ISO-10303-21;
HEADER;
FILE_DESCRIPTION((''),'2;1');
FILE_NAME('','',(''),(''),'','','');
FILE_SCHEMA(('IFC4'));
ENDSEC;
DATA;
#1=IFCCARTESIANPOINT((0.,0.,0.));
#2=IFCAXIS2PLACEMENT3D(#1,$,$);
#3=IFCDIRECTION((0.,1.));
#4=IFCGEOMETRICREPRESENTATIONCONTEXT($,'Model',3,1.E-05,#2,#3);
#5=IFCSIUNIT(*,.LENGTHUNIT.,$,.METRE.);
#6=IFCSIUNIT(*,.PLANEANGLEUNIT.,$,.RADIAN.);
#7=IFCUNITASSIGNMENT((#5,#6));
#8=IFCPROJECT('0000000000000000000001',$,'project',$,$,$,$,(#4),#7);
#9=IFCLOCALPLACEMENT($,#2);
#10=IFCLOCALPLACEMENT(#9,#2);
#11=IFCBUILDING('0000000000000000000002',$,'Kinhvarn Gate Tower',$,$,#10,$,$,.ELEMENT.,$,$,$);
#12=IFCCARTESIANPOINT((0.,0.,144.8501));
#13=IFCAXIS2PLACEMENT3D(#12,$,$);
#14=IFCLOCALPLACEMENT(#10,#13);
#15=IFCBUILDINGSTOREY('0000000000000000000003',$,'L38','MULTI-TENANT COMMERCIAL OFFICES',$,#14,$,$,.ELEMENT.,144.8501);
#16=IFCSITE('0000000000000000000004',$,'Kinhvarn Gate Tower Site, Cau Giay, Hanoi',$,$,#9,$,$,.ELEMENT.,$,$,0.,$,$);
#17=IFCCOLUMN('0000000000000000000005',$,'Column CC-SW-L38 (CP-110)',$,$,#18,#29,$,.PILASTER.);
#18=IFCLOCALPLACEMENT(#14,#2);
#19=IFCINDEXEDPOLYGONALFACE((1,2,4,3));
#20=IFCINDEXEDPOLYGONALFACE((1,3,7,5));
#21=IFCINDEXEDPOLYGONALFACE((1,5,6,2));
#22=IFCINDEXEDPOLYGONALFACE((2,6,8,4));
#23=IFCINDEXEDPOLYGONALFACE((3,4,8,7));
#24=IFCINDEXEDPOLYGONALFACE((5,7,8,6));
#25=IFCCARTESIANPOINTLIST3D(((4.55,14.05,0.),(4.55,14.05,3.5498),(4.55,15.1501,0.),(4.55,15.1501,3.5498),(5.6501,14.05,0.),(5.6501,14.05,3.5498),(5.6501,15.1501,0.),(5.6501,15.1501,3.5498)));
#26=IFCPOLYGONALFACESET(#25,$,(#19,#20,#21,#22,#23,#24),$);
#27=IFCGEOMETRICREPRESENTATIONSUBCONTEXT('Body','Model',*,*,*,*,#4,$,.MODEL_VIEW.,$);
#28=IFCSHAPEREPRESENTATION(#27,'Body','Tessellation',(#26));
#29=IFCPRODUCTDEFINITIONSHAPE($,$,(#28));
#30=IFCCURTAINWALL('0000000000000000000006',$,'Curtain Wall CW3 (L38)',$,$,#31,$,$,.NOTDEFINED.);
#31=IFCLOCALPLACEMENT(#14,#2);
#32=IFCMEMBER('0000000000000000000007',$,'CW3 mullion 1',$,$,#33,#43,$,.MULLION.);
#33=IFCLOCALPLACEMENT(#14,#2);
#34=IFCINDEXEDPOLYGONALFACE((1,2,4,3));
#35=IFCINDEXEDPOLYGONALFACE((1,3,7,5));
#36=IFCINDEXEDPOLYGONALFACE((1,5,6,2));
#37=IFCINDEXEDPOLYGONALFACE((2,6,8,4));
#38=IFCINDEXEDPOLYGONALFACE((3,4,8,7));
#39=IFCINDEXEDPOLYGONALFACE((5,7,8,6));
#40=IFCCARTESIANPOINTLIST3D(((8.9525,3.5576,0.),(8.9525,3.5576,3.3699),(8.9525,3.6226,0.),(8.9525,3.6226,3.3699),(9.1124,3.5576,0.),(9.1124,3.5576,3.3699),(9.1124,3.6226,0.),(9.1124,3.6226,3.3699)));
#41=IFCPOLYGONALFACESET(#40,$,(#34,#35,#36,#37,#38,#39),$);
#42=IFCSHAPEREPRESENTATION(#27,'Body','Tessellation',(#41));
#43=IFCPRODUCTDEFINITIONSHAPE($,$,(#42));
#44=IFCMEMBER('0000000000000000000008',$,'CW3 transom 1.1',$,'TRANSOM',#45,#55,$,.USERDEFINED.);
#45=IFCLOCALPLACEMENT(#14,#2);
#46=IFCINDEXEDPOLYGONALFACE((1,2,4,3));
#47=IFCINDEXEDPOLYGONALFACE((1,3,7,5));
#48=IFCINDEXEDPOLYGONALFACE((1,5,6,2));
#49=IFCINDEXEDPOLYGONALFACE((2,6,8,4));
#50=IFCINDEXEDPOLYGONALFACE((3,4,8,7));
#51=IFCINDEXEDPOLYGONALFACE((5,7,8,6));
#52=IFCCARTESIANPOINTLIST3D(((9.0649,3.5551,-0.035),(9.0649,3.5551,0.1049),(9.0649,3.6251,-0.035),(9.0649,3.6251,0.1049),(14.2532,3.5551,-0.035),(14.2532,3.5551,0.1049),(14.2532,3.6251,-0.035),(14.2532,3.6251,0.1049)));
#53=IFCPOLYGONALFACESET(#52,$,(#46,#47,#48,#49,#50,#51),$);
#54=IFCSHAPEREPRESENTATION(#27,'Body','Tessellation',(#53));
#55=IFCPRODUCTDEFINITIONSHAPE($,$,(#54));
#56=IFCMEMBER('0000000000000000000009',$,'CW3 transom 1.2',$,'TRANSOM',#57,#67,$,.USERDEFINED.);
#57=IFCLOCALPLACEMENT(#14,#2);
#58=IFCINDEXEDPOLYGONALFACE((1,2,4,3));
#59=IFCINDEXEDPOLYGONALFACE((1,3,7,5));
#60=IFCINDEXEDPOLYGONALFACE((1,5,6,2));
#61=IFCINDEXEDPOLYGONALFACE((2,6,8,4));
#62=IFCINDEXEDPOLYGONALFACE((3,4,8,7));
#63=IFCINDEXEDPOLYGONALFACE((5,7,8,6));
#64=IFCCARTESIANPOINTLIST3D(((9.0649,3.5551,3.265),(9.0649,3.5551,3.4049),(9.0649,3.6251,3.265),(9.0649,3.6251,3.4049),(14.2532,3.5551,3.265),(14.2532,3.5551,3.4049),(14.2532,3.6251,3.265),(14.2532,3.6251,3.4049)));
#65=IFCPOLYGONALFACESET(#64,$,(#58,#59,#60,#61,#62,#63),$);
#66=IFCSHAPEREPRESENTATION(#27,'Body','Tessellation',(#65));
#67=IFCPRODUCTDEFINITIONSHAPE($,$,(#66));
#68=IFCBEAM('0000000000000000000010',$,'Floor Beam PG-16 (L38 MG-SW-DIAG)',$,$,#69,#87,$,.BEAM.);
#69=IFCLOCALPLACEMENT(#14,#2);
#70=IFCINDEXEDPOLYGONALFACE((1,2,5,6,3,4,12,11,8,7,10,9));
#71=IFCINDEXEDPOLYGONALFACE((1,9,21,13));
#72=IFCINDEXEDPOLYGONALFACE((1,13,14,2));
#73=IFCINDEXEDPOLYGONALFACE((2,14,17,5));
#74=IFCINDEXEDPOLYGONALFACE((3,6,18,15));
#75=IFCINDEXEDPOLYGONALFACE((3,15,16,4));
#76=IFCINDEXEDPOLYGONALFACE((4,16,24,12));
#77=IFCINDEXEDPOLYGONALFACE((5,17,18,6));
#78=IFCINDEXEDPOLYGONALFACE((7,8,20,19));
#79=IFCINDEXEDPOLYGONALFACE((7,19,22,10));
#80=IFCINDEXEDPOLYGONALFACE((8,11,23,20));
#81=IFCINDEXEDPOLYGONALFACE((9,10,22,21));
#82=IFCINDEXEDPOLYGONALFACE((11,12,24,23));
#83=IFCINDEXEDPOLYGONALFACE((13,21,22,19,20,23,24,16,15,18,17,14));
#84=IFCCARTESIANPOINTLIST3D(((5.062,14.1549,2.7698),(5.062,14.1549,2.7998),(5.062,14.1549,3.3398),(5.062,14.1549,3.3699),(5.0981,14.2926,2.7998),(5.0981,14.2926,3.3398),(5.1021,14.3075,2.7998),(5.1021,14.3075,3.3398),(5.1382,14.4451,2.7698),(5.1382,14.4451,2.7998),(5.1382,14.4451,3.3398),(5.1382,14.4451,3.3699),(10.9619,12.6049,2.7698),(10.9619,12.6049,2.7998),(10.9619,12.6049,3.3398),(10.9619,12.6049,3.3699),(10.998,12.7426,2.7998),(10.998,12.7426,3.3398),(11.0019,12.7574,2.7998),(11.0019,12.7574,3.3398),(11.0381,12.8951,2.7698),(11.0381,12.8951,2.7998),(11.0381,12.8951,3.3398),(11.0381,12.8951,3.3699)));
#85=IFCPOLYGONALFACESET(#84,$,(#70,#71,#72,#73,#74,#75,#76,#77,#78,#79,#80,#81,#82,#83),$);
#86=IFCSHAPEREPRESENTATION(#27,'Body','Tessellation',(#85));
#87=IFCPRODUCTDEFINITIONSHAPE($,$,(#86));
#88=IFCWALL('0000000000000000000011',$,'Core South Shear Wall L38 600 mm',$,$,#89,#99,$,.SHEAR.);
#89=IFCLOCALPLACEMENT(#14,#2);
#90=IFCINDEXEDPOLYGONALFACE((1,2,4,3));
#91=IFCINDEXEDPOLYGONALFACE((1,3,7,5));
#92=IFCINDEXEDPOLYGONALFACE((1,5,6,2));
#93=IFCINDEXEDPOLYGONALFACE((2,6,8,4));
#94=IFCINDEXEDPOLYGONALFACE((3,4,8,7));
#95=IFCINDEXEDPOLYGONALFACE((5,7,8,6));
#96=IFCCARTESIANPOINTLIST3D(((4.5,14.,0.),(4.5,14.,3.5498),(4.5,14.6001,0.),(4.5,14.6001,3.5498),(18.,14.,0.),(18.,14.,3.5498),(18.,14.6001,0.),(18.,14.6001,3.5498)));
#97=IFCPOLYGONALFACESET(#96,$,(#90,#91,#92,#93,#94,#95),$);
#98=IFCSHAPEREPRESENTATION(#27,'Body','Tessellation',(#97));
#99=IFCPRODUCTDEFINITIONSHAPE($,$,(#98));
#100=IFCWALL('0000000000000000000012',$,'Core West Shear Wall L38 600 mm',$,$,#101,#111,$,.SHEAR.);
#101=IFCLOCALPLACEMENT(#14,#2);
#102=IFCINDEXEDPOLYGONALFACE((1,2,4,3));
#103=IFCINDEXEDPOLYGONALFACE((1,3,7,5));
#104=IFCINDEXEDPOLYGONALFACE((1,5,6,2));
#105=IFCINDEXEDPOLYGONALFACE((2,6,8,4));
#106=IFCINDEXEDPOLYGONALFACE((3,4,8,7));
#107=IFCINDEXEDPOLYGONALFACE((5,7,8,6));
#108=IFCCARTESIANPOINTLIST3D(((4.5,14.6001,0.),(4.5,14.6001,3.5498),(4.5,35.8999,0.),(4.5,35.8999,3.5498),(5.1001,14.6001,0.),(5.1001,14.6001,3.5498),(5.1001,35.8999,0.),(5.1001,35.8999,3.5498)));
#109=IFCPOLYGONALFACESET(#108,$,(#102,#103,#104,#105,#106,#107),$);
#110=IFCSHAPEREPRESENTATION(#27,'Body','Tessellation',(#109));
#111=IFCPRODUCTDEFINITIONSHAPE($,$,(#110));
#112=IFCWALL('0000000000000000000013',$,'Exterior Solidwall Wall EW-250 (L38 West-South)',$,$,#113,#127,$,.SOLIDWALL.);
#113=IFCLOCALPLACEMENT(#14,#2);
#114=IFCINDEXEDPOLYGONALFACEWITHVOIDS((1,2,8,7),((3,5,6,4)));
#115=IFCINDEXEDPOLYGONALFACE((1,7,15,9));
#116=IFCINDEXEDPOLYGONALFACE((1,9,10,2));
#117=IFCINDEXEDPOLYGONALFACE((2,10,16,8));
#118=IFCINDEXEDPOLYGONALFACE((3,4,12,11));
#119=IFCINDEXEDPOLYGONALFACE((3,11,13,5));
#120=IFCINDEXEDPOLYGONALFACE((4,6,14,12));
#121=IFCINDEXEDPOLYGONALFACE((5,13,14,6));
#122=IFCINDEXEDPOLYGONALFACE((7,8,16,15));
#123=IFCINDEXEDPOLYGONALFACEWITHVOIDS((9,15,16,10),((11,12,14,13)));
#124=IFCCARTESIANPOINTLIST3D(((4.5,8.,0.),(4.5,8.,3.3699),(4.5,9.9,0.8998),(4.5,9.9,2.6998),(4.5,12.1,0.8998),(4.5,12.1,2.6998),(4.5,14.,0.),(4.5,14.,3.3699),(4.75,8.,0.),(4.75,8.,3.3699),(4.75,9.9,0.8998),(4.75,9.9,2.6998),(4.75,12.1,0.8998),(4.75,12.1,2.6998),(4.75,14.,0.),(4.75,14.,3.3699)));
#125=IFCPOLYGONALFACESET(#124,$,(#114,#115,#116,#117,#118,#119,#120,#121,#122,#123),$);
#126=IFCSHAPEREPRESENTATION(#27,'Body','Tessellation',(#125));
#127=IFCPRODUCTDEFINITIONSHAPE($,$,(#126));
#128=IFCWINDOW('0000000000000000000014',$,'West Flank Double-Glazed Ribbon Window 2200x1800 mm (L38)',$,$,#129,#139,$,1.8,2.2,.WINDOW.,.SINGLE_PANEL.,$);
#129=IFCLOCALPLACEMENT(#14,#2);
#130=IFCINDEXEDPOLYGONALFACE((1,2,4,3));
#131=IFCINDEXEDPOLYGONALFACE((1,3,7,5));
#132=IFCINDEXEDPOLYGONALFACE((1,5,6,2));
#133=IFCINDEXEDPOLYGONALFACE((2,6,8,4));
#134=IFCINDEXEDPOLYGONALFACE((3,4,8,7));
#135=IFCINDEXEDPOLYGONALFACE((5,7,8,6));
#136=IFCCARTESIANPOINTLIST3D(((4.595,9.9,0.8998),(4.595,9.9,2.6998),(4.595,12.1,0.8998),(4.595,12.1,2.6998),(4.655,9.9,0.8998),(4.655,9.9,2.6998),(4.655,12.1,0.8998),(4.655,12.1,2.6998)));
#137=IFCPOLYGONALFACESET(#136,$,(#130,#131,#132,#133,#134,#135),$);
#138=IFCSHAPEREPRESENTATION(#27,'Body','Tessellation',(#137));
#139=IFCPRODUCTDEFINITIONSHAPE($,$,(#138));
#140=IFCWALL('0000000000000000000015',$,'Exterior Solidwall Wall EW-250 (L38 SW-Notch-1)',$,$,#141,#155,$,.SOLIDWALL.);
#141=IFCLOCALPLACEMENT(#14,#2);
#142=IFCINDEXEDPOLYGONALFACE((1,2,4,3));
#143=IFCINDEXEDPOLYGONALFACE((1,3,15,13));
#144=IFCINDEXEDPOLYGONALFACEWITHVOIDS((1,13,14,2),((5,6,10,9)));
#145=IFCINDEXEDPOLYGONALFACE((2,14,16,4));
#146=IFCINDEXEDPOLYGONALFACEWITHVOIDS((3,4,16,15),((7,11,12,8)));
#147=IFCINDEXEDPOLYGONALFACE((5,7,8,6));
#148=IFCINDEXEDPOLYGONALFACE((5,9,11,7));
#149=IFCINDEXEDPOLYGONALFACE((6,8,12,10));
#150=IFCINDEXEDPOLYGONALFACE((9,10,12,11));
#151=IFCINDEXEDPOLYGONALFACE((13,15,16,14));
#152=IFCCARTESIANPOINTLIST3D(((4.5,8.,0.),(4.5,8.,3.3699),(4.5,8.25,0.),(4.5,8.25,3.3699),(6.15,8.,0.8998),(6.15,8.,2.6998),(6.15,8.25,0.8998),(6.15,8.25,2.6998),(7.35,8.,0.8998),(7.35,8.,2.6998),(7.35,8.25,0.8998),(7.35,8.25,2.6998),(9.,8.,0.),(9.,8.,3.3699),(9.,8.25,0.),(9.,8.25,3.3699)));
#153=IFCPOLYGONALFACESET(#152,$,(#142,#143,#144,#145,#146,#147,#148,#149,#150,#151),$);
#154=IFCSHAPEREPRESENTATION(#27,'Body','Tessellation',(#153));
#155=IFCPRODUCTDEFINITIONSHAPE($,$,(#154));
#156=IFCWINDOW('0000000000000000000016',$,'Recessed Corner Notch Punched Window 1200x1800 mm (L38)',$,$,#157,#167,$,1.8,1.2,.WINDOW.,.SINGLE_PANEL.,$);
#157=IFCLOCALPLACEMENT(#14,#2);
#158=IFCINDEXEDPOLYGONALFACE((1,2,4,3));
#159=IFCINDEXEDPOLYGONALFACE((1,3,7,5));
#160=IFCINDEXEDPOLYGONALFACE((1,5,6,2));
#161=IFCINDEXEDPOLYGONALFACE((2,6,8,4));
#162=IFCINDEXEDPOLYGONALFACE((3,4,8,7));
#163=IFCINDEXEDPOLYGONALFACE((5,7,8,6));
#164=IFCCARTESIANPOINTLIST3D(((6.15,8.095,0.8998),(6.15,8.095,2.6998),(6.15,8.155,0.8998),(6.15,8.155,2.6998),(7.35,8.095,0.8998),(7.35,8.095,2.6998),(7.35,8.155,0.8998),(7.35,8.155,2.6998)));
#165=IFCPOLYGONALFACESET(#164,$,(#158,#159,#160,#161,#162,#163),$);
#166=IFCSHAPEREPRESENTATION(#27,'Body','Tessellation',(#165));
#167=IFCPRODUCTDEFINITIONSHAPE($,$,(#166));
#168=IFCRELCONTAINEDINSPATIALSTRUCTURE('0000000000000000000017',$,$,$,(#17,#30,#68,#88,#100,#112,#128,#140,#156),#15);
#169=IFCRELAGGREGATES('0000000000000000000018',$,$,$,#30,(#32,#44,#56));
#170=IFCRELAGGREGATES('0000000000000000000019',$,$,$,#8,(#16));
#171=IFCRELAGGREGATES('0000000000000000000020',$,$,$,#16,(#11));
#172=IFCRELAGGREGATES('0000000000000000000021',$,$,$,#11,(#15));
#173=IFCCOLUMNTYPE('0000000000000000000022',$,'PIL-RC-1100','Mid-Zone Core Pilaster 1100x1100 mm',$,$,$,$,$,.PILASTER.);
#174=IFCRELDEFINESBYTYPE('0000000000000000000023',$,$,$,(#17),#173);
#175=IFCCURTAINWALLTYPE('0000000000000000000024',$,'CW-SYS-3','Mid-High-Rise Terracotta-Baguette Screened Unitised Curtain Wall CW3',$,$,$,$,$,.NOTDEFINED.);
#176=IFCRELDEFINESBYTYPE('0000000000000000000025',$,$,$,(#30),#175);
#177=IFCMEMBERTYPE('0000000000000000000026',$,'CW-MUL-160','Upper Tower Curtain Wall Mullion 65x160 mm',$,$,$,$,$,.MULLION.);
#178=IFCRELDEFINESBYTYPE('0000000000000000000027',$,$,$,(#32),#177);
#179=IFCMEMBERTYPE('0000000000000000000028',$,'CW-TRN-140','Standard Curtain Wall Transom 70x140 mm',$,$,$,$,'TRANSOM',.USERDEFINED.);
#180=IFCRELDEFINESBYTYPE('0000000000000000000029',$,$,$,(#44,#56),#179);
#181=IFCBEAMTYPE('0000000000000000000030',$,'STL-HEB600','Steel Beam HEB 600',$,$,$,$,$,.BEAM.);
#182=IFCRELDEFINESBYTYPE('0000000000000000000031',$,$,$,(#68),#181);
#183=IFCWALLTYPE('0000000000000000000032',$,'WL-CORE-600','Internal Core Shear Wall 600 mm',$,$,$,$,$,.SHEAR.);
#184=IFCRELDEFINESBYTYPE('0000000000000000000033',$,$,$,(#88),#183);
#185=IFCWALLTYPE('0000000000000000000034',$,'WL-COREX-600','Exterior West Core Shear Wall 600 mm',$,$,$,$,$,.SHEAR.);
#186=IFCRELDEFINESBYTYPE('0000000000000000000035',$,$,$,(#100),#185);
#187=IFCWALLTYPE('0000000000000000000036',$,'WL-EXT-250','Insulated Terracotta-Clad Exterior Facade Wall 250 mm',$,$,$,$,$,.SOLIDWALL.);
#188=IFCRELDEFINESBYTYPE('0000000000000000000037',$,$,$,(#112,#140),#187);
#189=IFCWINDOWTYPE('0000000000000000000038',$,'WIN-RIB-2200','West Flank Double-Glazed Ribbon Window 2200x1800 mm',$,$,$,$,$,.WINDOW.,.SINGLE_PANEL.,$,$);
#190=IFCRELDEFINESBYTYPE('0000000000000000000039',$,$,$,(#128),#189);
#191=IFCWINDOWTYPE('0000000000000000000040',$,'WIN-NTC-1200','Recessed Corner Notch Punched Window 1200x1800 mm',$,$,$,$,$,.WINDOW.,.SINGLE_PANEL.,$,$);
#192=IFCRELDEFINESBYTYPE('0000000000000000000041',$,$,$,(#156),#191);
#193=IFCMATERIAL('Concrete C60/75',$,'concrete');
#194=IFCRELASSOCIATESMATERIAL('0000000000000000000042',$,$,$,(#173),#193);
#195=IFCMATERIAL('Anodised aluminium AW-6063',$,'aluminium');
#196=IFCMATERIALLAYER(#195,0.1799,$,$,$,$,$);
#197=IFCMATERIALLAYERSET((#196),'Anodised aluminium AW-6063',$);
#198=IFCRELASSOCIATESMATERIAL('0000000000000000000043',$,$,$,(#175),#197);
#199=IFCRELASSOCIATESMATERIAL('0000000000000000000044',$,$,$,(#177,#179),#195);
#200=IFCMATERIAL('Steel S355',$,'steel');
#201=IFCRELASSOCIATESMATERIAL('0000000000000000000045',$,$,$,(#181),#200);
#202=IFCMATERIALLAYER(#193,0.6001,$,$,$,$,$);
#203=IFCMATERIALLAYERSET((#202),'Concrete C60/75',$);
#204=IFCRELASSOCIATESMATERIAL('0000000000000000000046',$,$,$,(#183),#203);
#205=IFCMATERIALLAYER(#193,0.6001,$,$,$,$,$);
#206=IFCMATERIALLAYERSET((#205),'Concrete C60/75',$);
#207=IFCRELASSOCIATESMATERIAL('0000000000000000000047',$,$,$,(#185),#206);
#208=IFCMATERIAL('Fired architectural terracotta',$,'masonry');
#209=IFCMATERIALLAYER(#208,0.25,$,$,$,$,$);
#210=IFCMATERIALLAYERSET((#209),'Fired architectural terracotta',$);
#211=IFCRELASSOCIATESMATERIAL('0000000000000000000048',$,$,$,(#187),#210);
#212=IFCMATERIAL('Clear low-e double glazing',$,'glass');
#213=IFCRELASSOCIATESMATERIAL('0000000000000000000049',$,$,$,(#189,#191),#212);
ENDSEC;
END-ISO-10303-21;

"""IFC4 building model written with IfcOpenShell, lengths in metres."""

from ifc_helpers import new_model, si_unit, direction, frame, frame_2d, origin, origin_2d, place, context, subcontext, project, spatial, rectangle, i_section, extrude, material, layer, layer_set, material_profile, profile_set, type_object, element, fill, aggregate, save


model = new_model("IFC4")

# Units and contexts
model_context = context("Model", 3, precision=1e-05, world=origin(), true_north=direction((0.0, 1.0)))
body_context = subcontext(model_context, "Body", "Model", "MODEL_VIEW")
ifc_project = project(units=[si_unit("LENGTHUNIT", "METRE"), si_unit("PLANEANGLEUNIT", "RADIAN")], contexts=[model_context])

# Site, building, storey
site_placement = place(None, origin())
site = spatial("IfcSite", under=ifc_project, at=site_placement, Name="Kinhvarn Gate Tower Site, Cau Giay, Hanoi", CompositionType="ELEMENT", RefElevation=0.0)
building_placement = place(site_placement, origin())
building = spatial("IfcBuilding", under=site, at=building_placement, Name="Kinhvarn Gate Tower", CompositionType="ELEMENT")
storey_placement = place(building_placement, frame((0.0, 0.0, 144.8501)))
storey = spatial("IfcBuildingStorey", under=building, at=storey_placement, Name="L38", Description="MULTI-TENANT COMMERCIAL OFFICES", CompositionType="ELEMENT", Elevation=144.8501)

# Column
ifc_material_1 = material(Name="Concrete C60/75", Category="concrete")
ifc_material_profile_1 = material_profile(ifc_material_1, rectangle(XDim=1.1001, YDim=1.1001, at=origin_2d()), Name="RC 1100x1100")
ifc_profile_set_1 = profile_set([ifc_material_profile_1], Name="Concrete C60/75")
column_type = type_object("IfcColumnType", Name="PIL-RC-1100", Description="Mid-Zone Core Pilaster 1100x1100 mm", PredefinedType="PILASTER", material=ifc_profile_set_1)
column_placement = place(storey_placement, frame((5.1001, 14.6001, 0.0), z_axis=(0.0, 0.0, 1.0), x_axis=(1.0, 0.0, 0.0)))
element("IfcColumn", 1, at=column_placement, inside=storey, type_object=column_type, Name="Column CC-SW-L38 (CP-110)", PredefinedType="PILASTER", context=body_context, shape_type="SweptSolid", body=[
    extrude(rectangle(XDim=1.1001, YDim=1.1001, at=origin_2d()), origin(), (0.0, 0.0, 1.0), 3.5498),
])

# Curtain wall, members
ifc_material_2 = material(Name="Anodised aluminium AW-6063", Category="aluminium")
ifc_layer_1 = layer(ifc_material_2, 0.1799)
ifc_layer_set_1 = layer_set([ifc_layer_1], Name="Anodised aluminium AW-6063")
curtain_wall_type = type_object("IfcCurtainWallType", Name="CW-SYS-3", Description="Mid-High-Rise Terracotta-Baguette Screened Unitised Curtain Wall CW3", PredefinedType="NOTDEFINED", material=ifc_layer_set_1)
curtain_wall_placement = place(storey_placement, origin())
curtain_wall = element("IfcCurtainWall", 2, at=curtain_wall_placement, inside=storey, type_object=curtain_wall_type, Name="Curtain Wall CW3 (L38)", PredefinedType="NOTDEFINED")
ifc_material_profile_2 = material_profile(ifc_material_2, rectangle(XDim=0.0649, YDim=0.1599, at=origin_2d()), Name="ALU 65x160")
ifc_profile_set_2 = profile_set([ifc_material_profile_2], Name="Anodised aluminium AW-6063")
member_type_1 = type_object("IfcMemberType", Name="CW-MUL-160", Description="Upper Tower Curtain Wall Mullion 65x160 mm", PredefinedType="MULLION", material=ifc_profile_set_2)
member_1_placement = place(storey_placement, frame((9.0325, 3.5901, 0.0), z_axis=(0.0, 0.0, 1.0), x_axis=(0.0, 1.0, 0.0)))
member_1 = element("IfcMember", 3, at=member_1_placement, type_object=member_type_1, Name="CW3 mullion 1", PredefinedType="MULLION", context=body_context, shape_type="SweptSolid", body=[
    extrude(rectangle(XDim=0.0649, YDim=0.1599, at=origin_2d()), origin(), (0.0, 0.0, 1.0), 3.3699),
])
ifc_material_profile_3 = material_profile(ifc_material_2, rectangle(XDim=0.0701, YDim=0.1399, at=origin_2d()), Name="ALU 70x140")
ifc_profile_set_3 = profile_set([ifc_material_profile_3], Name="Anodised aluminium AW-6063")
member_type_2 = type_object("IfcMemberType", Name="CW-TRN-140", Description="Standard Curtain Wall Transom 70x140 mm", ElementType="TRANSOM", PredefinedType="USERDEFINED", material=ifc_profile_set_3)
member_2_placement = place(storey_placement, frame((9.0649, 3.5901, 0.0349), z_axis=(1.0, 0.0, 0.0), x_axis=(0.0, 1.0, 0.0)))
member_2 = element("IfcMember", 4, at=member_2_placement, type_object=member_type_2, Name="CW3 transom 1.1", ObjectType="TRANSOM", PredefinedType="USERDEFINED", context=body_context, shape_type="SweptSolid", body=[
    extrude(rectangle(XDim=0.0701, YDim=0.1399, at=origin_2d()), origin(), (0.0, 0.0, 1.0), 5.1882),
])
member_3_placement = place(storey_placement, frame((9.0649, 3.5901, 3.335), z_axis=(1.0, 0.0, 0.0), x_axis=(0.0, 1.0, 0.0)))
member_3 = element("IfcMember", 5, at=member_3_placement, type_object=member_type_2, Name="CW3 transom 1.2", ObjectType="TRANSOM", PredefinedType="USERDEFINED", context=body_context, shape_type="SweptSolid", body=[
    extrude(rectangle(XDim=0.0701, YDim=0.1399, at=origin_2d()), origin(), (0.0, 0.0, 1.0), 5.1882),
])
aggregate(curtain_wall, [member_1, member_2, member_3])

# Beam
ifc_material_3 = material(Name="Steel S355", Category="steel")
ifc_material_profile_4 = material_profile(ifc_material_3, i_section(OverallWidth=0.3, OverallDepth=0.6001, WebThickness=0.0154, FlangeThickness=0.03, at=origin_2d()), Name="HEB 600")
ifc_profile_set_4 = profile_set([ifc_material_profile_4], Name="Steel S355")
beam_type = type_object("IfcBeamType", Name="STL-HEB600", Description="Steel Beam HEB 600", PredefinedType="BEAM", material=ifc_profile_set_4)
beam_placement = place(storey_placement, frame((5.1001, 14.3, 3.0698), z_axis=(0.967178, -0.254101, 0.0), x_axis=(0.254101, 0.967178, 0.0)))
element("IfcBeam", 6, at=beam_placement, inside=storey, type_object=beam_type, Name="Floor Beam PG-16 (L38 MG-SW-DIAG)", PredefinedType="BEAM", context=body_context, shape_type="SweptSolid", body=[
    extrude(i_section(OverallWidth=0.3, OverallDepth=0.6001, WebThickness=0.0154, FlangeThickness=0.03, at=origin_2d()), origin(), (0.0, 0.0, 1.0), 6.1001),
])

# Walls
ifc_layer_2 = layer(ifc_material_1, 0.6001)
ifc_layer_set_2 = layer_set([ifc_layer_2], Name="Concrete C60/75")
wall_type_1 = type_object("IfcWallType", Name="WL-CORE-600", Description="Internal Core Shear Wall 600 mm", PredefinedType="SHEAR", material=ifc_layer_set_2)
wall_1_placement = place(storey_placement, frame((4.5, 14.3, 0.0), z_axis=(0.0, 0.0, 1.0), x_axis=(1.0, 0.0, 0.0)))
element("IfcWall", 7, at=wall_1_placement, inside=storey, type_object=wall_type_1, Name="Core South Shear Wall L38 600 mm", PredefinedType="SHEAR", context=body_context, shape_type="SweptSolid", body=[
    extrude(rectangle(XDim=13.5, YDim=0.6001, at=frame_2d((6.75, 0.0))), origin(), (0.0, 0.0, 1.0), 3.5498),
])
ifc_layer_3 = layer(ifc_material_1, 0.6001)
ifc_layer_set_3 = layer_set([ifc_layer_3], Name="Concrete C60/75")
wall_type_2 = type_object("IfcWallType", Name="WL-COREX-600", Description="Exterior West Core Shear Wall 600 mm", PredefinedType="SHEAR", material=ifc_layer_set_3)
wall_2_placement = place(storey_placement, frame((4.8, 14.6001, 0.0), z_axis=(0.0, 0.0, 1.0), x_axis=(0.0, 1.0, 0.0)))
element("IfcWall", 8, at=wall_2_placement, inside=storey, type_object=wall_type_2, Name="Core West Shear Wall L38 600 mm", PredefinedType="SHEAR", context=body_context, shape_type="SweptSolid", body=[
    extrude(rectangle(XDim=21.2998, YDim=0.6001, at=frame_2d((10.6499, 0.0))), origin(), (0.0, 0.0, 1.0), 3.5498),
])

# Walls, openings, windows
ifc_material_4 = material(Name="Fired architectural terracotta", Category="masonry")
ifc_layer_4 = layer(ifc_material_4, 0.25)
ifc_layer_set_4 = layer_set([ifc_layer_4], Name="Fired architectural terracotta")
wall_type_3 = type_object("IfcWallType", Name="WL-EXT-250", Description="Insulated Terracotta-Clad Exterior Facade Wall 250 mm", PredefinedType="SOLIDWALL", material=ifc_layer_set_4)
wall_3_placement = place(storey_placement, frame((4.625, 14.0, 0.0), z_axis=(0.0, 0.0, 1.0), x_axis=(0.0, -1.0, 0.0)))
wall_3 = element("IfcWall", 9, at=wall_3_placement, inside=storey, type_object=wall_type_3, Name="Exterior Solidwall Wall EW-250 (L38 West-South)", PredefinedType="SOLIDWALL", context=body_context, shape_type="SweptSolid", body=[
    extrude(rectangle(XDim=6.0, YDim=0.25, at=frame_2d((3.0, 0.0))), origin(), (0.0, 0.0, 1.0), 3.3699),
])
opening_1_placement = place(wall_3_placement, frame((1.8999, 0.0, 0.8999)))
opening_1 = element("IfcOpeningElement", 10, at=opening_1_placement, cuts=wall_3, PredefinedType="OPENING", context=body_context, shape_type="SweptSolid", body=[
    extrude(rectangle(XDim=2.2, YDim=1.8, at=frame_2d((1.1001, 0.8999))), frame((0.0, 0.135, 0.0), z_axis=(0.0, -1.0, 0.0), x_axis=(1.0, 0.0, 0.0)), (0.0, 0.0, 1.0), 0.27),
])
ifc_material_5 = material(Name="Clear low-e double glazing", Category="glass")
window_type_1 = type_object("IfcWindowType", Name="WIN-RIB-2200", Description="West Flank Double-Glazed Ribbon Window 2200x1800 mm", PartitioningType="SINGLE_PANEL", PredefinedType="WINDOW", material=ifc_material_5)
window_1_placement = place(opening_1_placement, origin())
window_1 = element("IfcWindow", 11, at=window_1_placement, inside=storey, type_object=window_type_1, Name="West Flank Double-Glazed Ribbon Window 2200x1800 mm (L38)", OverallHeight=1.8, OverallWidth=2.2, PartitioningType="SINGLE_PANEL", PredefinedType="WINDOW", context=body_context, shape_type="SweptSolid", body=[
    extrude(rectangle(XDim=2.2, YDim=1.8, at=frame_2d((1.1001, 0.8999))), frame((0.0, 0.03, 0.0), z_axis=(0.0, -1.0, 0.0), x_axis=(1.0, 0.0, 0.0)), (0.0, 0.0, 1.0), 0.0601),
])
fill(opening_1, window_1)
wall_4_placement = place(storey_placement, frame((4.5, 8.125, 0.0), z_axis=(0.0, 0.0, 1.0), x_axis=(1.0, 0.0, 0.0)))
wall_4 = element("IfcWall", 12, at=wall_4_placement, inside=storey, type_object=wall_type_3, Name="Exterior Solidwall Wall EW-250 (L38 SW-Notch-1)", PredefinedType="SOLIDWALL", context=body_context, shape_type="SweptSolid", body=[
    extrude(rectangle(XDim=4.5, YDim=0.25, at=frame_2d((2.25, 0.0))), origin(), (0.0, 0.0, 1.0), 3.3699),
])
opening_2_placement = place(wall_4_placement, frame((1.6499, 0.0, 0.8999)))
opening_2 = element("IfcOpeningElement", 13, at=opening_2_placement, cuts=wall_4, PredefinedType="OPENING", context=body_context, shape_type="SweptSolid", body=[
    extrude(rectangle(XDim=1.2, YDim=1.8, at=frame_2d((0.6001, 0.8999))), frame((0.0, 0.135, 0.0), z_axis=(0.0, -1.0, 0.0), x_axis=(1.0, 0.0, 0.0)), (0.0, 0.0, 1.0), 0.27),
])
window_type_2 = type_object("IfcWindowType", Name="WIN-NTC-1200", Description="Recessed Corner Notch Punched Window 1200x1800 mm", PartitioningType="SINGLE_PANEL", PredefinedType="WINDOW", material=ifc_material_5)
window_2_placement = place(opening_2_placement, origin())
window_2 = element("IfcWindow", 14, at=window_2_placement, inside=storey, type_object=window_type_2, Name="Recessed Corner Notch Punched Window 1200x1800 mm (L38)", OverallHeight=1.8, OverallWidth=1.2, PartitioningType="SINGLE_PANEL", PredefinedType="WINDOW", context=body_context, shape_type="SweptSolid", body=[
    extrude(rectangle(XDim=1.2, YDim=1.8, at=frame_2d((0.6001, 0.8999))), frame((0.0, 0.03, 0.0), z_axis=(0.0, -1.0, 0.0), x_axis=(1.0, 0.0, 0.0)), (0.0, 0.0, 1.0), 0.0601),
])
fill(opening_2, window_2)

save(model, "model.ifc")
